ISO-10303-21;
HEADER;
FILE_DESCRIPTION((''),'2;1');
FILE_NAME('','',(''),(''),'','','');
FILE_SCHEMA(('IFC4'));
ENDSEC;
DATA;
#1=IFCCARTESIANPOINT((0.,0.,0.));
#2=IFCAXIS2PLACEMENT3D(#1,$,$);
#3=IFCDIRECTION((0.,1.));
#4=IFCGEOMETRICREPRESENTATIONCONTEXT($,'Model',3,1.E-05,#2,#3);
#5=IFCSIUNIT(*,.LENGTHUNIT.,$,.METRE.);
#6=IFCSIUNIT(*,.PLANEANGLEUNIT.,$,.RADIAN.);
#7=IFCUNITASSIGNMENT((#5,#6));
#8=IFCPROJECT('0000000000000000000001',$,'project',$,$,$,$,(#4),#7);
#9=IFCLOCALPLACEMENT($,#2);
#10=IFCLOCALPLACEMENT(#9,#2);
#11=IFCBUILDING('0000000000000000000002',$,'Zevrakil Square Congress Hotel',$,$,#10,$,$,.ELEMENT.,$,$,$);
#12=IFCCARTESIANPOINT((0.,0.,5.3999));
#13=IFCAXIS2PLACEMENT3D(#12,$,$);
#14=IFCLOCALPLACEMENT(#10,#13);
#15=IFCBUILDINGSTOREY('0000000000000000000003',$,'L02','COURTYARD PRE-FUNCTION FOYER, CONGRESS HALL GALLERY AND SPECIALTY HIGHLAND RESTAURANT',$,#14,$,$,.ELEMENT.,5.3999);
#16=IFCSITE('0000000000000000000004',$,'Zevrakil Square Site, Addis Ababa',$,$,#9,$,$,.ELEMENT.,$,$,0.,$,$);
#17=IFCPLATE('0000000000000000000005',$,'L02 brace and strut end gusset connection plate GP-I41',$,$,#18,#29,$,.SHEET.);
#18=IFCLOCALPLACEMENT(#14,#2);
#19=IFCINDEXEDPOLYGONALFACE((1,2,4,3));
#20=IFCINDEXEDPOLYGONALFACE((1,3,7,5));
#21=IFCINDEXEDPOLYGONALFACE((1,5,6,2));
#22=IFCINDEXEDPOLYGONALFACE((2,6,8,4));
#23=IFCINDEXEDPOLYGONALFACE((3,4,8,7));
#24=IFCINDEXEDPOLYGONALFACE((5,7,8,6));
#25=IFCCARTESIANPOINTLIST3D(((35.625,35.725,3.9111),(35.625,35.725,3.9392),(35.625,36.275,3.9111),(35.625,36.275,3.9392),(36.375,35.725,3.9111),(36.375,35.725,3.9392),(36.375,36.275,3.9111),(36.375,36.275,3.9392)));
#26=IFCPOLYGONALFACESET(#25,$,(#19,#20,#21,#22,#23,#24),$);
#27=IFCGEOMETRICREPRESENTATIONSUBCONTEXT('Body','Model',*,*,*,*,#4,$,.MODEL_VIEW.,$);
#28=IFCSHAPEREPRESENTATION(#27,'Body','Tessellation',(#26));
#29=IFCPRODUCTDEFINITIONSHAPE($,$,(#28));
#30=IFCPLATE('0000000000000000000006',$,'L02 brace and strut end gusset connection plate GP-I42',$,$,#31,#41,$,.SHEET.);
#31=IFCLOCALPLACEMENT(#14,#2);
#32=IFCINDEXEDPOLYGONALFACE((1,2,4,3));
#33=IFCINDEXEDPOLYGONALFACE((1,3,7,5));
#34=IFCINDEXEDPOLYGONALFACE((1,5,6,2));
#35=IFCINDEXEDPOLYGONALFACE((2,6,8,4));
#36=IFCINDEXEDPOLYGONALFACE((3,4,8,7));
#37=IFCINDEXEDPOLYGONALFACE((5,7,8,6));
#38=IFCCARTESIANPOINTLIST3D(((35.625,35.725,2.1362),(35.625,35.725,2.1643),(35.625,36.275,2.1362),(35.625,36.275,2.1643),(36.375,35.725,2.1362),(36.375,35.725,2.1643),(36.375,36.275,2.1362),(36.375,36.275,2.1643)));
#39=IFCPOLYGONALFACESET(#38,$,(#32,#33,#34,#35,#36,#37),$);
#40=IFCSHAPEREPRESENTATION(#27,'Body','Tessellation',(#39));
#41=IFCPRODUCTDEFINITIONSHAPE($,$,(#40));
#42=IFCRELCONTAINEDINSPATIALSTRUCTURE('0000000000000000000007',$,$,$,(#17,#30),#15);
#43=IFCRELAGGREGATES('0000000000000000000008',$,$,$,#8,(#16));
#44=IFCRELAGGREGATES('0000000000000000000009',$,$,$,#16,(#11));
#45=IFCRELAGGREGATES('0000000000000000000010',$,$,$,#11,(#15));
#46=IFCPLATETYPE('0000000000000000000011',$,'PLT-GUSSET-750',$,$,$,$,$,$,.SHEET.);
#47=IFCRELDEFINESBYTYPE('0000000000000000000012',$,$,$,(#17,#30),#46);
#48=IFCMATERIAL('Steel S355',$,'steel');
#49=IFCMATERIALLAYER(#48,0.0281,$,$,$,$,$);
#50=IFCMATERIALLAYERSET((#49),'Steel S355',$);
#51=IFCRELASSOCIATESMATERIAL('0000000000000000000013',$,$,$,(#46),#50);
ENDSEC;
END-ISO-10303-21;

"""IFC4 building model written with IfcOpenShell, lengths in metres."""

from ifc_helpers import new_model, si_unit, direction, frame, origin, origin_2d, place, context, subcontext, project, spatial, rectangle, extrude, material, layer, layer_set, type_object, element, save


model = new_model("IFC4")

# Units and contexts
model_context = context("Model", 3, precision=1e-05, world=origin(), true_north=direction((0.0, 1.0)))
body_context = subcontext(model_context, "Body", "Model", "MODEL_VIEW")
ifc_project = project(units=[si_unit("LENGTHUNIT", "METRE"), si_unit("PLANEANGLEUNIT", "RADIAN")], contexts=[model_context])

# Site, building, storey
site_placement = place(None, origin())
site = spatial("IfcSite", under=ifc_project, at=site_placement, Name="Zevrakil Square Site, Addis Ababa", CompositionType="ELEMENT", RefElevation=0.0)
building_placement = place(site_placement, origin())
building = spatial("IfcBuilding", under=site, at=building_placement, Name="Zevrakil Square Congress Hotel", CompositionType="ELEMENT")
storey_placement = place(building_placement, frame((0.0, 0.0, 5.3999)))
storey = spatial("IfcBuildingStorey", under=building, at=storey_placement, Name="L02", Description="COURTYARD PRE-FUNCTION FOYER, CONGRESS HALL GALLERY AND SPECIALTY HIGHLAND RESTAURANT", CompositionType="ELEMENT", Elevation=5.3999)

# Plates
ifc_material_1 = material(Name="Steel S355", Category="steel")
ifc_layer = layer(ifc_material_1, 0.0281)
ifc_layer_set = layer_set([ifc_layer], Name="Steel S355")
plate_type = type_object("IfcPlateType", Name="PLT-GUSSET-750", PredefinedType="SHEET", material=ifc_layer_set)
for number, where, z_axis, x_axis, name in (
    (1, (36.0, 36.0, 3.9111), (0.0, 0.0, 1.0), (1.0, 0.0, 0.0), "L02 brace and strut end gusset connection plate GP-I41"),
    (2, (36.0, 36.0, 2.1362), (0.0, 0.0, 1.0), (1.0, 0.0, 0.0), "L02 brace and strut end gusset connection plate GP-I42"),
):
    element("IfcPlate", number, at=place(storey_placement, frame(where, z_axis=z_axis, x_axis=x_axis)), inside=storey, type_object=plate_type, Name=name, PredefinedType="SHEET", context=body_context, shape_type="SweptSolid", body=[
        extrude(rectangle(XDim=0.75, YDim=0.55, at=origin_2d()), origin(), (0.0, 0.0, 1.0), 0.0281),
    ])

save(model, "model.ifc")
